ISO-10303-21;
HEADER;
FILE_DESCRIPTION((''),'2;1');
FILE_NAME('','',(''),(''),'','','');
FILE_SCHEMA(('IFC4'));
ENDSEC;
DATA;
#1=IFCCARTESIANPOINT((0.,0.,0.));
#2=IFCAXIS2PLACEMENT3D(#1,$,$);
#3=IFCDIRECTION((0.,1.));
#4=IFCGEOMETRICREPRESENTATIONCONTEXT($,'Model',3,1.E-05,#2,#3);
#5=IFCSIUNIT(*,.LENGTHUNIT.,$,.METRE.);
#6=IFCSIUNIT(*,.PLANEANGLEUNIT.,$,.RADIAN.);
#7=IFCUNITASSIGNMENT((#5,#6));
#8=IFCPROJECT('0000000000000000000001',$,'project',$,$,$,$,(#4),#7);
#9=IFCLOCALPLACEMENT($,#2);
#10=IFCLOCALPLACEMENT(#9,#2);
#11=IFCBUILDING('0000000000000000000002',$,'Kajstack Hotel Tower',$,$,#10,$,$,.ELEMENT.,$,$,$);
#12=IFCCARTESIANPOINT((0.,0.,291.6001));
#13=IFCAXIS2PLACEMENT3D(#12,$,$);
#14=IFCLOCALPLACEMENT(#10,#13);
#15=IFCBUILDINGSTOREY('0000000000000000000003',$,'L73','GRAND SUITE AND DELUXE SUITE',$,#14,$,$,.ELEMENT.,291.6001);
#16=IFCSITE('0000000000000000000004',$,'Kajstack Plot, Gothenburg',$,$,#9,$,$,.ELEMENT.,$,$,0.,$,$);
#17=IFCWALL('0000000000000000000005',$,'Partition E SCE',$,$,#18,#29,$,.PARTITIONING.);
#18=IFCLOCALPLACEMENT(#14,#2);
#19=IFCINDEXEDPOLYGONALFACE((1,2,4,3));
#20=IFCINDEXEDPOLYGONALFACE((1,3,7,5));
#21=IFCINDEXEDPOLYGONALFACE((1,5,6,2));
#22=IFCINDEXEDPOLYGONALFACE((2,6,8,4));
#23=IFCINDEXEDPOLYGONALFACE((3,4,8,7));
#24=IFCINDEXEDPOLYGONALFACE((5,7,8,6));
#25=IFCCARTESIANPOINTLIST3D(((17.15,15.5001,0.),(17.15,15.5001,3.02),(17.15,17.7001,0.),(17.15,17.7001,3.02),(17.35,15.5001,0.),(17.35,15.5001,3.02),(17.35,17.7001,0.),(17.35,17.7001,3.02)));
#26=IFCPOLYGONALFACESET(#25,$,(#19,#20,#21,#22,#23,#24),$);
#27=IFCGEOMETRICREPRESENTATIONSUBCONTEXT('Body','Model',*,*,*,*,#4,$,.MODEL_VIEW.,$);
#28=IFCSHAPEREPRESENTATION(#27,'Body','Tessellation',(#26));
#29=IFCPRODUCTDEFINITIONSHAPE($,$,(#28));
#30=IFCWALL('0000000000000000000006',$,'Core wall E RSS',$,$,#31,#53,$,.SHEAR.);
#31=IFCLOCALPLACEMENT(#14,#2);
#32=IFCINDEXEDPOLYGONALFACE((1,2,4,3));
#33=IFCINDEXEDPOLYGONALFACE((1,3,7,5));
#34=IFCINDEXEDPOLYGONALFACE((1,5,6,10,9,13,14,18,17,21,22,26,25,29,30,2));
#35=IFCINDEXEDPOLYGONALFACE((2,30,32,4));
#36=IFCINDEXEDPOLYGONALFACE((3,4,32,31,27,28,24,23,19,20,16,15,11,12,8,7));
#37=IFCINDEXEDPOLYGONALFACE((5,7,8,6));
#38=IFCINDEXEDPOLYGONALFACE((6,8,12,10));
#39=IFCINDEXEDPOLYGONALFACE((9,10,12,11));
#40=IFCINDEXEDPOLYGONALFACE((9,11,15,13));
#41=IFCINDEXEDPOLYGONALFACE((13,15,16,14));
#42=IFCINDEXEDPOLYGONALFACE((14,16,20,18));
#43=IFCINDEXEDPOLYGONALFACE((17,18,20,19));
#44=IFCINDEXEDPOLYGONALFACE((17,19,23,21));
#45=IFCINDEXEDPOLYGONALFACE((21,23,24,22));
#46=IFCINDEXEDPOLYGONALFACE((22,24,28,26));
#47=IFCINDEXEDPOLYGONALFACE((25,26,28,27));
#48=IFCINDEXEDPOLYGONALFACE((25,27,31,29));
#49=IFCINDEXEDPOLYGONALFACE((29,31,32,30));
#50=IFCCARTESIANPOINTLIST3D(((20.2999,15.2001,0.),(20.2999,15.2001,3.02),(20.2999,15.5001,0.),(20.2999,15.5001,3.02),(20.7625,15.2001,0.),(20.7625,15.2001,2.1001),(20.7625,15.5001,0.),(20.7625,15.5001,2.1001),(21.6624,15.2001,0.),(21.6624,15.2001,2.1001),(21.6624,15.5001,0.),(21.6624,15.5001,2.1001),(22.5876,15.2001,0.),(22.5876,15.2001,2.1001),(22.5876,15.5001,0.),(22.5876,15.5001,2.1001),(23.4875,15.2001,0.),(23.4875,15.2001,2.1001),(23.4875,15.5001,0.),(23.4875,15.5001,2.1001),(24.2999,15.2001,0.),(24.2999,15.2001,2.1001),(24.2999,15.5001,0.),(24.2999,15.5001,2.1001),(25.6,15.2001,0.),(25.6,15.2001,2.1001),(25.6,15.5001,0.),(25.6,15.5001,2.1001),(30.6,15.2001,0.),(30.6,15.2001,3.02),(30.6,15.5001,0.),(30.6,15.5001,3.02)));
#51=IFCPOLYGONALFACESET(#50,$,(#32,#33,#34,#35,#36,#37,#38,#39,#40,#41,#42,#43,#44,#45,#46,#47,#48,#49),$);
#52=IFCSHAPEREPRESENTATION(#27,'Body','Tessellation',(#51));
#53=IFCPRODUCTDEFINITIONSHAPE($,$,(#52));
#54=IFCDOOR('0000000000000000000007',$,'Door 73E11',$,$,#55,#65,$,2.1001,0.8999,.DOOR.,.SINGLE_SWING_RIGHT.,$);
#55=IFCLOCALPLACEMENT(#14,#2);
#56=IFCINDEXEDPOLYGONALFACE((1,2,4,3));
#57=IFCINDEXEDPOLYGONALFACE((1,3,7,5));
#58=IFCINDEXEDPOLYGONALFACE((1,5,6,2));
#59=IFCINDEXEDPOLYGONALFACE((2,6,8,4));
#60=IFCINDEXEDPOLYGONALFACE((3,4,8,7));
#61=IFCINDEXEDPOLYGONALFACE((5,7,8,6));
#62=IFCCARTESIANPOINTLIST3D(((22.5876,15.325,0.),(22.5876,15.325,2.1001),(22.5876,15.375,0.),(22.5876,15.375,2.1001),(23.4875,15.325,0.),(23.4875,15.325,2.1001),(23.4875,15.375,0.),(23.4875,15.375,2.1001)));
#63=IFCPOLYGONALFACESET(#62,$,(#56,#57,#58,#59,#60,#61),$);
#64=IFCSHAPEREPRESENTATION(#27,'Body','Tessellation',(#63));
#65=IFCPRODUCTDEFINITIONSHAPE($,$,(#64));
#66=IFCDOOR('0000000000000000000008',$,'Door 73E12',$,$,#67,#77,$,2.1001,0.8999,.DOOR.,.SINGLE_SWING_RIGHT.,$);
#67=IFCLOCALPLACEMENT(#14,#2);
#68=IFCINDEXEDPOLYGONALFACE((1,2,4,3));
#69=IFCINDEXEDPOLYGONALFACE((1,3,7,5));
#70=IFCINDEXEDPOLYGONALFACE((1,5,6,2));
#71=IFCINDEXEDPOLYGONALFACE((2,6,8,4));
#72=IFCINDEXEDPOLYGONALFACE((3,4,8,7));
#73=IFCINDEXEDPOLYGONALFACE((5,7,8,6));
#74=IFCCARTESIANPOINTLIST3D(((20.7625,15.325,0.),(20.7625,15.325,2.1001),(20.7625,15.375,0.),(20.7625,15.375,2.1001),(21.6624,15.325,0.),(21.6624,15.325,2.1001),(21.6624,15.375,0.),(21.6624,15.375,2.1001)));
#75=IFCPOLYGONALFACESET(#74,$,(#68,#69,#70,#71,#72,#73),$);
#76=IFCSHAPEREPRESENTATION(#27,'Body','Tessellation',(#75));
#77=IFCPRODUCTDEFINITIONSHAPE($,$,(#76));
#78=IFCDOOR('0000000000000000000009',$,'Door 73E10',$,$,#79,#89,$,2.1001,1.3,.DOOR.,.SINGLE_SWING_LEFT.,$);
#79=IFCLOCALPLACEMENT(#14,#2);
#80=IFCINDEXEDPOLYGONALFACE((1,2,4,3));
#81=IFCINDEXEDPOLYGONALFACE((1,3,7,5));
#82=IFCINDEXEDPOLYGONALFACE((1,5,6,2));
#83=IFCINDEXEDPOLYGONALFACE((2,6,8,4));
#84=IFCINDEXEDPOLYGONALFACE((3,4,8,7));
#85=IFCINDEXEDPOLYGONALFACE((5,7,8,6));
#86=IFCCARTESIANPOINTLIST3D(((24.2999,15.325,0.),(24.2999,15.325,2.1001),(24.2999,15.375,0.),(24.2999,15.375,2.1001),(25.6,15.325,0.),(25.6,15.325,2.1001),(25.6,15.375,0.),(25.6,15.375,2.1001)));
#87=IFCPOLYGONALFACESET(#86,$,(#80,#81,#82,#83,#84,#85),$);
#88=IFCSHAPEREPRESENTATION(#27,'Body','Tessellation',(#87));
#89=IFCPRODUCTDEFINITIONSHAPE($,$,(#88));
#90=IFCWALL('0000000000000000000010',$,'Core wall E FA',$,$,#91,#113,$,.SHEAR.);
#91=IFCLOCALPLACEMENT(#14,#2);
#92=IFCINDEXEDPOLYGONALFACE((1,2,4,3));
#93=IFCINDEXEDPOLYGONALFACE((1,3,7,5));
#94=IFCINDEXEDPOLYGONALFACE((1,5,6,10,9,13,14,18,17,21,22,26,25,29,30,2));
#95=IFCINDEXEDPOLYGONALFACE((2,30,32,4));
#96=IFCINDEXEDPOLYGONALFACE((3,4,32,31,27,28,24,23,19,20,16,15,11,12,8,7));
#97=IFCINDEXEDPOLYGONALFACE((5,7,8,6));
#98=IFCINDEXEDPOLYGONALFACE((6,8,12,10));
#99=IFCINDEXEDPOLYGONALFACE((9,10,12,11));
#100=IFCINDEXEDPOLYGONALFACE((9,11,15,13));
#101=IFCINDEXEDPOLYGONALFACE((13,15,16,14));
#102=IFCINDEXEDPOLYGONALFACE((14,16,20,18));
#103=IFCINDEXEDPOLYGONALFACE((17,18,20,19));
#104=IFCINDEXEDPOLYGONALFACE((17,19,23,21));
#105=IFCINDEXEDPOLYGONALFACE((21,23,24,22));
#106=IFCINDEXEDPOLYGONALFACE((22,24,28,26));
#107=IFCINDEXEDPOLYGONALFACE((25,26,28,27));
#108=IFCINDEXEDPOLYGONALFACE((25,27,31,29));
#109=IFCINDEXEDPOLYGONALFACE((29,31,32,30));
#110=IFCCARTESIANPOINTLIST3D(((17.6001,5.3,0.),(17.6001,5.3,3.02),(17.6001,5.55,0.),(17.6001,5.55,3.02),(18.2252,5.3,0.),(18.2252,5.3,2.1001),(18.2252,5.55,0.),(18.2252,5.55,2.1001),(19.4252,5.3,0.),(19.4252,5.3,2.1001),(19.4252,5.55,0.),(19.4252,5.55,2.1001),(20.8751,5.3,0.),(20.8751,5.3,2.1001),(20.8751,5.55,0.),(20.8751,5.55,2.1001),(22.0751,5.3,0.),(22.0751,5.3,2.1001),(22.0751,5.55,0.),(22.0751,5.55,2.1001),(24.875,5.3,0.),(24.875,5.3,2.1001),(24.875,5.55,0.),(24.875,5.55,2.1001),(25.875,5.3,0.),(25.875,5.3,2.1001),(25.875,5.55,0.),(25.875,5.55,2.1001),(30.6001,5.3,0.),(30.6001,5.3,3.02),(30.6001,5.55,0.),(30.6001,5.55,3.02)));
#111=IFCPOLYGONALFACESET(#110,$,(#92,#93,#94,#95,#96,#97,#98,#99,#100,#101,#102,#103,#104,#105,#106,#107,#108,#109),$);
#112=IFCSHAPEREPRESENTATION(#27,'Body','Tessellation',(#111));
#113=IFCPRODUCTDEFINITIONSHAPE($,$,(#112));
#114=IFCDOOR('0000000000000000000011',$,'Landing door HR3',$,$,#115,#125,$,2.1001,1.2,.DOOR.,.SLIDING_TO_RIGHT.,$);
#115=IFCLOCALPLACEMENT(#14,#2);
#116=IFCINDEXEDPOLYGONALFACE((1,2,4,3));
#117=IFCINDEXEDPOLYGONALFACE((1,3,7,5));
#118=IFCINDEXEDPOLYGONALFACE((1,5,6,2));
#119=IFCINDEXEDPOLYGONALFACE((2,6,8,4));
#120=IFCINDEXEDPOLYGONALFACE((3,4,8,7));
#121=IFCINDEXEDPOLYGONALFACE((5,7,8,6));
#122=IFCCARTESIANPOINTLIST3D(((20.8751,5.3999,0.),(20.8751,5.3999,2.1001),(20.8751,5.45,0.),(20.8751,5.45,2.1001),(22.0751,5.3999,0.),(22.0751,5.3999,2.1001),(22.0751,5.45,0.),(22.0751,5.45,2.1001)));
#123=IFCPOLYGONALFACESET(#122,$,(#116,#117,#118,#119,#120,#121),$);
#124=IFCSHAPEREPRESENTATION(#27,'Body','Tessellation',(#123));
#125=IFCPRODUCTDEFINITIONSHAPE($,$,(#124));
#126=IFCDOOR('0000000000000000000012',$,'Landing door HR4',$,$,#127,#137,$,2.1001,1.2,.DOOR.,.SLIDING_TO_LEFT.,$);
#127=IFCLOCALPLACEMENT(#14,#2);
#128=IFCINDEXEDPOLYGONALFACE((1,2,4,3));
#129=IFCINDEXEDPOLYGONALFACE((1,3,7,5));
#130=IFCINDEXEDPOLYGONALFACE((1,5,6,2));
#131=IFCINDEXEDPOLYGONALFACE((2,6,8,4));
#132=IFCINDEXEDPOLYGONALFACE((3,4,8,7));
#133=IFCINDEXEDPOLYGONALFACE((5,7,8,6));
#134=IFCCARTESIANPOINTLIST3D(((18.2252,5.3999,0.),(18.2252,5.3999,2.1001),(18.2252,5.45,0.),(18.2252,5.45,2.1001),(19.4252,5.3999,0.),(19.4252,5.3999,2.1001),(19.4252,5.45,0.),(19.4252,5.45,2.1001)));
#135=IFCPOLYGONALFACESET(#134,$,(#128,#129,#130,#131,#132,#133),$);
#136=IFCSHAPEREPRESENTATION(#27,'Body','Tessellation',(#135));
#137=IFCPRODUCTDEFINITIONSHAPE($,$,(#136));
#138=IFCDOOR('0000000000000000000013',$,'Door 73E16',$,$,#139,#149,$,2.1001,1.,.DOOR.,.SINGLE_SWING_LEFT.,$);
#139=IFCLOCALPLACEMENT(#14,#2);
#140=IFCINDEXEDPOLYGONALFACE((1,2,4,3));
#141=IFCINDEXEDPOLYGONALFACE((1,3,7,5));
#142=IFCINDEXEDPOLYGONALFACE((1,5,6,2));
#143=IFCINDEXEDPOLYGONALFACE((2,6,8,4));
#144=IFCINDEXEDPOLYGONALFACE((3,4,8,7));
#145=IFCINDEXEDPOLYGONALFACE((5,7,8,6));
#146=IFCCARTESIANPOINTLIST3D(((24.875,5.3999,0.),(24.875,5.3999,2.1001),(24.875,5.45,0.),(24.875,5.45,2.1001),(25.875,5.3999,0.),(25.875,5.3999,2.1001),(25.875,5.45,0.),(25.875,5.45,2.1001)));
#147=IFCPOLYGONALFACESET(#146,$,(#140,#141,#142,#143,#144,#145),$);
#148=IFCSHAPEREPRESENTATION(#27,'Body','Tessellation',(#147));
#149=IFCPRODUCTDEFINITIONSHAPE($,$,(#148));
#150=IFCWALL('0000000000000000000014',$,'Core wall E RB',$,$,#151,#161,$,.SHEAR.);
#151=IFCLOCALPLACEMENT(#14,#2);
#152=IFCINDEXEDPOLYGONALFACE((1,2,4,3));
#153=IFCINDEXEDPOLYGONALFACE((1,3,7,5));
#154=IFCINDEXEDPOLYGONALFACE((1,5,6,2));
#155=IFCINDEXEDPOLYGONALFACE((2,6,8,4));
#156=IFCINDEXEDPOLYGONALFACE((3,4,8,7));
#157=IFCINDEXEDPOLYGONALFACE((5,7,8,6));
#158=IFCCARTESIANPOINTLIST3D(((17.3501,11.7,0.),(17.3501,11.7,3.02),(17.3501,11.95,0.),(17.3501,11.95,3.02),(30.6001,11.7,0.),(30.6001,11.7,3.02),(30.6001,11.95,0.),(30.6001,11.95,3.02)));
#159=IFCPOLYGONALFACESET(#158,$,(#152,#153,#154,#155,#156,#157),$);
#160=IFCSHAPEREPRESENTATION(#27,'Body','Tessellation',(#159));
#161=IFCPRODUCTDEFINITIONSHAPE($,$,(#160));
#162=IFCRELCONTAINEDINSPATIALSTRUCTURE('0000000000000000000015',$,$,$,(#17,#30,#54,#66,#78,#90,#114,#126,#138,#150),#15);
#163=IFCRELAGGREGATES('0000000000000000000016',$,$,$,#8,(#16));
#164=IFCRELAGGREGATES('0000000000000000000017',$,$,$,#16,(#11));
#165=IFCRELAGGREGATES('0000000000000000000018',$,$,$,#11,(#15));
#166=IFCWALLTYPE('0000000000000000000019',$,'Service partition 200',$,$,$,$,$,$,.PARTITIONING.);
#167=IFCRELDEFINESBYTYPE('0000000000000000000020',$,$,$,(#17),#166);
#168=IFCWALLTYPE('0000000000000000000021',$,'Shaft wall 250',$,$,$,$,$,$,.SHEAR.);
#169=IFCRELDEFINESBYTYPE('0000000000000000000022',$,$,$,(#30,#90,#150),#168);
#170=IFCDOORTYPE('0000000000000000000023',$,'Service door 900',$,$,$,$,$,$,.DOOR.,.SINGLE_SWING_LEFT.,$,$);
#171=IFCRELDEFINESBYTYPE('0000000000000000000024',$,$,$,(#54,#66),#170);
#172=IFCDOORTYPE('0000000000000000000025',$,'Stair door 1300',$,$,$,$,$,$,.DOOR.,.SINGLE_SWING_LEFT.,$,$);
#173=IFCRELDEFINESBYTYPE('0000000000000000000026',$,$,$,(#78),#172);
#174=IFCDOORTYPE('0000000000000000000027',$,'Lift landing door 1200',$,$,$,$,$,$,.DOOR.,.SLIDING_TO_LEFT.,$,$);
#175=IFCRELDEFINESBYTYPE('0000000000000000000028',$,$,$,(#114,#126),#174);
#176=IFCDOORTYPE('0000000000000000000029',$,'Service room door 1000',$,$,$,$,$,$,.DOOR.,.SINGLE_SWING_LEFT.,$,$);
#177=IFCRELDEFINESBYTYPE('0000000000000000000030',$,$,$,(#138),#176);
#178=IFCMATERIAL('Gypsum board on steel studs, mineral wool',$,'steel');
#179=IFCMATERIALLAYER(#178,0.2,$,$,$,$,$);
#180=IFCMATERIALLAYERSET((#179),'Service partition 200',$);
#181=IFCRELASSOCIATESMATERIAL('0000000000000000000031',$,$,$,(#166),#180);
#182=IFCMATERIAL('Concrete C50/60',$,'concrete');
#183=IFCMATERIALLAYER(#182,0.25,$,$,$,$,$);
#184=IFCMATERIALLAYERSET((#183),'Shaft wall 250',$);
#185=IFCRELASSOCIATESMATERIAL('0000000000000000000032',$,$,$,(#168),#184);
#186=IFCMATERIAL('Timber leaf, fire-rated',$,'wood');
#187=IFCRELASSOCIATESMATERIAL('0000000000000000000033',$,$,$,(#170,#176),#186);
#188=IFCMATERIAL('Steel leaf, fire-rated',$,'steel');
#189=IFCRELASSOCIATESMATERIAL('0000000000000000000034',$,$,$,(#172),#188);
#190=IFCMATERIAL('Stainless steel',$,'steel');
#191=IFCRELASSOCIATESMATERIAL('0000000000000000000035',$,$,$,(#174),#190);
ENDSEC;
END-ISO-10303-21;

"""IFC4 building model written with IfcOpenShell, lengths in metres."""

from ifc_helpers import new_model, si_unit, direction, frame, frame_2d, origin, place, context, subcontext, project, spatial, rectangle, extrude, material, layer, layer_set, type_object, element, fill, save


model = new_model("IFC4")

# Units and contexts
model_context = context("Model", 3, precision=1e-05, world=origin(), true_north=direction((0.0, 1.0)))
body_context = subcontext(model_context, "Body", "Model", "MODEL_VIEW")
ifc_project = project(units=[si_unit("LENGTHUNIT", "METRE"), si_unit("PLANEANGLEUNIT", "RADIAN")], contexts=[model_context])

# Site, building, storey
site_placement = place(None, origin())
site = spatial("IfcSite", under=ifc_project, at=site_placement, Name="Kajstack Plot, Gothenburg", CompositionType="ELEMENT", RefElevation=0.0)
building_placement = place(site_placement, origin())
building = spatial("IfcBuilding", under=site, at=building_placement, Name="Kajstack Hotel Tower", CompositionType="ELEMENT")
storey_placement = place(building_placement, frame((0.0, 0.0, 291.6001)))
storey = spatial("IfcBuildingStorey", under=building, at=storey_placement, Name="L73", Description="GRAND SUITE AND DELUXE SUITE", CompositionType="ELEMENT", Elevation=291.6001)

# Wall
ifc_material_1 = material(Name="Gypsum board on steel studs, mineral wool", Category="steel")
ifc_layer_1 = layer(ifc_material_1, 0.2)
ifc_layer_set_1 = layer_set([ifc_layer_1], Name="Service partition 200")
wall_type_1 = type_object("IfcWallType", Name="Service partition 200", PredefinedType="PARTITIONING", material=ifc_layer_set_1)
wall_1_placement = place(storey_placement, frame((17.25, 15.5, 0.0), z_axis=(0.0, 0.0, 1.0), x_axis=(0.0, 1.0, 0.0)))
element("IfcWall", 1, at=wall_1_placement, inside=storey, type_object=wall_type_1, Name="Partition E SCE", PredefinedType="PARTITIONING", context=body_context, shape_type="SweptSolid", body=[
    extrude(rectangle(XDim=2.2, YDim=0.2, at=frame_2d((1.1001, 0.0))), origin(), (0.0, 0.0, 1.0), 3.02),
])

# Walls, openings, doors
ifc_material_2 = material(Name="Concrete C50/60", Category="concrete")
ifc_layer_2 = layer(ifc_material_2, 0.25)
ifc_layer_set_2 = layer_set([ifc_layer_2], Name="Shaft wall 250")
wall_type_2 = type_object("IfcWallType", Name="Shaft wall 250", PredefinedType="SHEAR", material=ifc_layer_set_2)
wall_2_placement = place(storey_placement, frame((20.3, 15.3501, 0.0), z_axis=(0.0, 0.0, 1.0), x_axis=(1.0, 0.0, 0.0)))
wall_2 = element("IfcWall", 2, at=wall_2_placement, inside=storey, type_object=wall_type_2, Name="Core wall E RSS", PredefinedType="SHEAR", context=body_context, shape_type="SweptSolid", body=[
    extrude(rectangle(XDim=10.3, YDim=0.3, at=frame_2d((5.1499, 0.0))), origin(), (0.0, 0.0, 1.0), 3.02),
])
opening_1_placement = place(wall_2_placement, frame((4.0, 0.0, 0.0)))
opening_1 = element("IfcOpeningElement", 3, at=opening_1_placement, cuts=wall_2, PredefinedType="OPENING", context=body_context, shape_type="SweptSolid", body=[
    extrude(rectangle(XDim=1.3, YDim=2.1001, at=frame_2d((0.6499, 1.05))), frame((0.0, 0.1599, 0.0), z_axis=(0.0, -1.0, 0.0), x_axis=(1.0, 0.0, 0.0)), (0.0, 0.0, 1.0), 0.3201),
])
opening_2_placement = place(wall_2_placement, frame((2.2876, 0.0, 0.0)))
opening_2 = element("IfcOpeningElement", 4, at=opening_2_placement, cuts=wall_2, PredefinedType="OPENING", context=body_context, shape_type="SweptSolid", body=[
    extrude(rectangle(XDim=0.8999, YDim=2.1001, at=frame_2d((0.45, 1.05))), frame((0.0, 0.1599, 0.0), z_axis=(0.0, -1.0, 0.0), x_axis=(1.0, 0.0, 0.0)), (0.0, 0.0, 1.0), 0.3201),
])
opening_3_placement = place(wall_2_placement, frame((0.4624, 0.0, 0.0)))
opening_3 = element("IfcOpeningElement", 5, at=opening_3_placement, cuts=wall_2, PredefinedType="OPENING", context=body_context, shape_type="SweptSolid", body=[
    extrude(rectangle(XDim=0.8999, YDim=2.1001, at=frame_2d((0.45, 1.05))), frame((0.0, 0.1599, 0.0), z_axis=(0.0, -1.0, 0.0), x_axis=(1.0, 0.0, 0.0)), (0.0, 0.0, 1.0), 0.3201),
])
ifc_material_3 = material(Name="Timber leaf, fire-rated", Category="wood")
door_type_1 = type_object("IfcDoorType", Name="Service door 900", OperationType="SINGLE_SWING_LEFT", PredefinedType="DOOR", material=ifc_material_3)
door_1_placement = place(opening_2_placement, origin())
door_1 = element("IfcDoor", 6, at=door_1_placement, inside=storey, type_object=door_type_1, Name="Door 73E11", OperationType="SINGLE_SWING_RIGHT", OverallHeight=2.1001, OverallWidth=0.8999, PredefinedType="DOOR", context=body_context, shape_type="SweptSolid", body=[
    extrude(rectangle(XDim=0.8999, YDim=2.1001, at=frame_2d((0.45, 1.05))), frame((0.0, 0.0249, 0.0), z_axis=(0.0, -1.0, 0.0), x_axis=(1.0, 0.0, 0.0)), (0.0, 0.0, 1.0), 0.05),
])
fill(opening_2, door_1)
door_2_placement = place(opening_3_placement, origin())
door_2 = element("IfcDoor", 7, at=door_2_placement, inside=storey, type_object=door_type_1, Name="Door 73E12", OperationType="SINGLE_SWING_RIGHT", OverallHeight=2.1001, OverallWidth=0.8999, PredefinedType="DOOR", context=body_context, shape_type="SweptSolid", body=[
    extrude(rectangle(XDim=0.8999, YDim=2.1001, at=frame_2d((0.45, 1.05))), frame((0.0, 0.0249, 0.0), z_axis=(0.0, -1.0, 0.0), x_axis=(1.0, 0.0, 0.0)), (0.0, 0.0, 1.0), 0.05),
])
fill(opening_3, door_2)
ifc_material_4 = material(Name="Steel leaf, fire-rated", Category="steel")
door_type_2 = type_object("IfcDoorType", Name="Stair door 1300", OperationType="SINGLE_SWING_LEFT", PredefinedType="DOOR", material=ifc_material_4)
door_3_placement = place(opening_1_placement, origin())
door_3 = element("IfcDoor", 8, at=door_3_placement, inside=storey, type_object=door_type_2, Name="Door 73E10", OperationType="SINGLE_SWING_LEFT", OverallHeight=2.1001, OverallWidth=1.3, PredefinedType="DOOR", context=body_context, shape_type="SweptSolid", body=[
    extrude(rectangle(XDim=1.3, YDim=2.1001, at=frame_2d((0.6499, 1.05))), frame((0.0, 0.0249, 0.0), z_axis=(0.0, -1.0, 0.0), x_axis=(1.0, 0.0, 0.0)), (0.0, 0.0, 1.0), 0.05),
])
fill(opening_1, door_3)
wall_3_placement = place(storey_placement, frame((17.6001, 5.425, 0.0), z_axis=(0.0, 0.0, 1.0), x_axis=(1.0, 0.0, 0.0)))
wall_3 = element("IfcWall", 9, at=wall_3_placement, inside=storey, type_object=wall_type_2, Name="Core wall E FA", PredefinedType="SHEAR", context=body_context, shape_type="SweptSolid", body=[
    extrude(rectangle(XDim=13.0, YDim=0.25, at=frame_2d((6.5, 0.0))), origin(), (0.0, 0.0, 1.0), 3.02),
])
opening_4_placement = place(wall_3_placement, frame((3.2749, 0.0, 0.0)))
opening_4 = element("IfcOpeningElement", 10, at=opening_4_placement, cuts=wall_3, PredefinedType="OPENING", context=body_context, shape_type="SweptSolid", body=[
    extrude(rectangle(XDim=1.2, YDim=2.1001, at=frame_2d((0.6001, 1.05))), frame((0.0, 0.135, 0.0), z_axis=(0.0, -1.0, 0.0), x_axis=(1.0, 0.0, 0.0)), (0.0, 0.0, 1.0), 0.27),
])
opening_5_placement = place(wall_3_placement, frame((0.625, 0.0, 0.0)))
opening_5 = element("IfcOpeningElement", 11, at=opening_5_placement, cuts=wall_3, PredefinedType="OPENING", context=body_context, shape_type="SweptSolid", body=[
    extrude(rectangle(XDim=1.2, YDim=2.1001, at=frame_2d((0.6001, 1.05))), frame((0.0, 0.135, 0.0), z_axis=(0.0, -1.0, 0.0), x_axis=(1.0, 0.0, 0.0)), (0.0, 0.0, 1.0), 0.27),
])
opening_6_placement = place(wall_3_placement, frame((7.2749, 0.0, 0.0)))
opening_6 = element("IfcOpeningElement", 12, at=opening_6_placement, cuts=wall_3, PredefinedType="OPENING", context=body_context, shape_type="SweptSolid", body=[
    extrude(rectangle(XDim=1.0, YDim=2.1001, at=frame_2d((0.5, 1.05))), frame((0.0, 0.135, 0.0), z_axis=(0.0, -1.0, 0.0), x_axis=(1.0, 0.0, 0.0)), (0.0, 0.0, 1.0), 0.27),
])
ifc_material_5 = material(Name="Stainless steel", Category="steel")
door_type_3 = type_object("IfcDoorType", Name="Lift landing door 1200", OperationType="SLIDING_TO_LEFT", PredefinedType="DOOR", material=ifc_material_5)
door_4_placement = place(opening_4_placement, origin())
door_4 = element("IfcDoor", 13, at=door_4_placement, inside=storey, type_object=door_type_3, Name="Landing door HR3", OperationType="SLIDING_TO_RIGHT", OverallHeight=2.1001, OverallWidth=1.2, PredefinedType="DOOR", context=body_context, shape_type="SweptSolid", body=[
    extrude(rectangle(XDim=1.2, YDim=2.1001, at=frame_2d((0.6001, 1.05))), frame((0.0, 0.0249, 0.0), z_axis=(0.0, -1.0, 0.0), x_axis=(1.0, 0.0, 0.0)), (0.0, 0.0, 1.0), 0.05),
])
fill(opening_4, door_4)
door_5_placement = place(opening_5_placement, origin())
door_5 = element("IfcDoor", 14, at=door_5_placement, inside=storey, type_object=door_type_3, Name="Landing door HR4", OperationType="SLIDING_TO_LEFT", OverallHeight=2.1001, OverallWidth=1.2, PredefinedType="DOOR", context=body_context, shape_type="SweptSolid", body=[
    extrude(rectangle(XDim=1.2, YDim=2.1001, at=frame_2d((0.6001, 1.05))), frame((0.0, 0.0249, 0.0), z_axis=(0.0, -1.0, 0.0), x_axis=(1.0, 0.0, 0.0)), (0.0, 0.0, 1.0), 0.05),
])
fill(opening_5, door_5)
door_type_4 = type_object("IfcDoorType", Name="Service room door 1000", OperationType="SINGLE_SWING_LEFT", PredefinedType="DOOR", material=ifc_material_3)
door_6_placement = place(opening_6_placement, origin())
door_6 = element("IfcDoor", 15, at=door_6_placement, inside=storey, type_object=door_type_4, Name="Door 73E16", OperationType="SINGLE_SWING_LEFT", OverallHeight=2.1001, OverallWidth=1.0, PredefinedType="DOOR", context=body_context, shape_type="SweptSolid", body=[
    extrude(rectangle(XDim=1.0, YDim=2.1001, at=frame_2d((0.5, 1.05))), frame((0.0, 0.0249, 0.0), z_axis=(0.0, -1.0, 0.0), x_axis=(1.0, 0.0, 0.0)), (0.0, 0.0, 1.0), 0.05),
])
fill(opening_6, door_6)

# Wall
wall_4_placement = place(storey_placement, frame((17.3501, 11.825, 0.0), z_axis=(0.0, 0.0, 1.0), x_axis=(1.0, 0.0, 0.0)))
element("IfcWall", 16, at=wall_4_placement, inside=storey, type_object=wall_type_2, Name="Core wall E RB", PredefinedType="SHEAR", context=body_context, shape_type="SweptSolid", body=[
    extrude(rectangle(XDim=13.25, YDim=0.25, at=frame_2d((6.625, 0.0))), origin(), (0.0, 0.0, 1.0), 3.02),
])

save(model, "model.ifc")
